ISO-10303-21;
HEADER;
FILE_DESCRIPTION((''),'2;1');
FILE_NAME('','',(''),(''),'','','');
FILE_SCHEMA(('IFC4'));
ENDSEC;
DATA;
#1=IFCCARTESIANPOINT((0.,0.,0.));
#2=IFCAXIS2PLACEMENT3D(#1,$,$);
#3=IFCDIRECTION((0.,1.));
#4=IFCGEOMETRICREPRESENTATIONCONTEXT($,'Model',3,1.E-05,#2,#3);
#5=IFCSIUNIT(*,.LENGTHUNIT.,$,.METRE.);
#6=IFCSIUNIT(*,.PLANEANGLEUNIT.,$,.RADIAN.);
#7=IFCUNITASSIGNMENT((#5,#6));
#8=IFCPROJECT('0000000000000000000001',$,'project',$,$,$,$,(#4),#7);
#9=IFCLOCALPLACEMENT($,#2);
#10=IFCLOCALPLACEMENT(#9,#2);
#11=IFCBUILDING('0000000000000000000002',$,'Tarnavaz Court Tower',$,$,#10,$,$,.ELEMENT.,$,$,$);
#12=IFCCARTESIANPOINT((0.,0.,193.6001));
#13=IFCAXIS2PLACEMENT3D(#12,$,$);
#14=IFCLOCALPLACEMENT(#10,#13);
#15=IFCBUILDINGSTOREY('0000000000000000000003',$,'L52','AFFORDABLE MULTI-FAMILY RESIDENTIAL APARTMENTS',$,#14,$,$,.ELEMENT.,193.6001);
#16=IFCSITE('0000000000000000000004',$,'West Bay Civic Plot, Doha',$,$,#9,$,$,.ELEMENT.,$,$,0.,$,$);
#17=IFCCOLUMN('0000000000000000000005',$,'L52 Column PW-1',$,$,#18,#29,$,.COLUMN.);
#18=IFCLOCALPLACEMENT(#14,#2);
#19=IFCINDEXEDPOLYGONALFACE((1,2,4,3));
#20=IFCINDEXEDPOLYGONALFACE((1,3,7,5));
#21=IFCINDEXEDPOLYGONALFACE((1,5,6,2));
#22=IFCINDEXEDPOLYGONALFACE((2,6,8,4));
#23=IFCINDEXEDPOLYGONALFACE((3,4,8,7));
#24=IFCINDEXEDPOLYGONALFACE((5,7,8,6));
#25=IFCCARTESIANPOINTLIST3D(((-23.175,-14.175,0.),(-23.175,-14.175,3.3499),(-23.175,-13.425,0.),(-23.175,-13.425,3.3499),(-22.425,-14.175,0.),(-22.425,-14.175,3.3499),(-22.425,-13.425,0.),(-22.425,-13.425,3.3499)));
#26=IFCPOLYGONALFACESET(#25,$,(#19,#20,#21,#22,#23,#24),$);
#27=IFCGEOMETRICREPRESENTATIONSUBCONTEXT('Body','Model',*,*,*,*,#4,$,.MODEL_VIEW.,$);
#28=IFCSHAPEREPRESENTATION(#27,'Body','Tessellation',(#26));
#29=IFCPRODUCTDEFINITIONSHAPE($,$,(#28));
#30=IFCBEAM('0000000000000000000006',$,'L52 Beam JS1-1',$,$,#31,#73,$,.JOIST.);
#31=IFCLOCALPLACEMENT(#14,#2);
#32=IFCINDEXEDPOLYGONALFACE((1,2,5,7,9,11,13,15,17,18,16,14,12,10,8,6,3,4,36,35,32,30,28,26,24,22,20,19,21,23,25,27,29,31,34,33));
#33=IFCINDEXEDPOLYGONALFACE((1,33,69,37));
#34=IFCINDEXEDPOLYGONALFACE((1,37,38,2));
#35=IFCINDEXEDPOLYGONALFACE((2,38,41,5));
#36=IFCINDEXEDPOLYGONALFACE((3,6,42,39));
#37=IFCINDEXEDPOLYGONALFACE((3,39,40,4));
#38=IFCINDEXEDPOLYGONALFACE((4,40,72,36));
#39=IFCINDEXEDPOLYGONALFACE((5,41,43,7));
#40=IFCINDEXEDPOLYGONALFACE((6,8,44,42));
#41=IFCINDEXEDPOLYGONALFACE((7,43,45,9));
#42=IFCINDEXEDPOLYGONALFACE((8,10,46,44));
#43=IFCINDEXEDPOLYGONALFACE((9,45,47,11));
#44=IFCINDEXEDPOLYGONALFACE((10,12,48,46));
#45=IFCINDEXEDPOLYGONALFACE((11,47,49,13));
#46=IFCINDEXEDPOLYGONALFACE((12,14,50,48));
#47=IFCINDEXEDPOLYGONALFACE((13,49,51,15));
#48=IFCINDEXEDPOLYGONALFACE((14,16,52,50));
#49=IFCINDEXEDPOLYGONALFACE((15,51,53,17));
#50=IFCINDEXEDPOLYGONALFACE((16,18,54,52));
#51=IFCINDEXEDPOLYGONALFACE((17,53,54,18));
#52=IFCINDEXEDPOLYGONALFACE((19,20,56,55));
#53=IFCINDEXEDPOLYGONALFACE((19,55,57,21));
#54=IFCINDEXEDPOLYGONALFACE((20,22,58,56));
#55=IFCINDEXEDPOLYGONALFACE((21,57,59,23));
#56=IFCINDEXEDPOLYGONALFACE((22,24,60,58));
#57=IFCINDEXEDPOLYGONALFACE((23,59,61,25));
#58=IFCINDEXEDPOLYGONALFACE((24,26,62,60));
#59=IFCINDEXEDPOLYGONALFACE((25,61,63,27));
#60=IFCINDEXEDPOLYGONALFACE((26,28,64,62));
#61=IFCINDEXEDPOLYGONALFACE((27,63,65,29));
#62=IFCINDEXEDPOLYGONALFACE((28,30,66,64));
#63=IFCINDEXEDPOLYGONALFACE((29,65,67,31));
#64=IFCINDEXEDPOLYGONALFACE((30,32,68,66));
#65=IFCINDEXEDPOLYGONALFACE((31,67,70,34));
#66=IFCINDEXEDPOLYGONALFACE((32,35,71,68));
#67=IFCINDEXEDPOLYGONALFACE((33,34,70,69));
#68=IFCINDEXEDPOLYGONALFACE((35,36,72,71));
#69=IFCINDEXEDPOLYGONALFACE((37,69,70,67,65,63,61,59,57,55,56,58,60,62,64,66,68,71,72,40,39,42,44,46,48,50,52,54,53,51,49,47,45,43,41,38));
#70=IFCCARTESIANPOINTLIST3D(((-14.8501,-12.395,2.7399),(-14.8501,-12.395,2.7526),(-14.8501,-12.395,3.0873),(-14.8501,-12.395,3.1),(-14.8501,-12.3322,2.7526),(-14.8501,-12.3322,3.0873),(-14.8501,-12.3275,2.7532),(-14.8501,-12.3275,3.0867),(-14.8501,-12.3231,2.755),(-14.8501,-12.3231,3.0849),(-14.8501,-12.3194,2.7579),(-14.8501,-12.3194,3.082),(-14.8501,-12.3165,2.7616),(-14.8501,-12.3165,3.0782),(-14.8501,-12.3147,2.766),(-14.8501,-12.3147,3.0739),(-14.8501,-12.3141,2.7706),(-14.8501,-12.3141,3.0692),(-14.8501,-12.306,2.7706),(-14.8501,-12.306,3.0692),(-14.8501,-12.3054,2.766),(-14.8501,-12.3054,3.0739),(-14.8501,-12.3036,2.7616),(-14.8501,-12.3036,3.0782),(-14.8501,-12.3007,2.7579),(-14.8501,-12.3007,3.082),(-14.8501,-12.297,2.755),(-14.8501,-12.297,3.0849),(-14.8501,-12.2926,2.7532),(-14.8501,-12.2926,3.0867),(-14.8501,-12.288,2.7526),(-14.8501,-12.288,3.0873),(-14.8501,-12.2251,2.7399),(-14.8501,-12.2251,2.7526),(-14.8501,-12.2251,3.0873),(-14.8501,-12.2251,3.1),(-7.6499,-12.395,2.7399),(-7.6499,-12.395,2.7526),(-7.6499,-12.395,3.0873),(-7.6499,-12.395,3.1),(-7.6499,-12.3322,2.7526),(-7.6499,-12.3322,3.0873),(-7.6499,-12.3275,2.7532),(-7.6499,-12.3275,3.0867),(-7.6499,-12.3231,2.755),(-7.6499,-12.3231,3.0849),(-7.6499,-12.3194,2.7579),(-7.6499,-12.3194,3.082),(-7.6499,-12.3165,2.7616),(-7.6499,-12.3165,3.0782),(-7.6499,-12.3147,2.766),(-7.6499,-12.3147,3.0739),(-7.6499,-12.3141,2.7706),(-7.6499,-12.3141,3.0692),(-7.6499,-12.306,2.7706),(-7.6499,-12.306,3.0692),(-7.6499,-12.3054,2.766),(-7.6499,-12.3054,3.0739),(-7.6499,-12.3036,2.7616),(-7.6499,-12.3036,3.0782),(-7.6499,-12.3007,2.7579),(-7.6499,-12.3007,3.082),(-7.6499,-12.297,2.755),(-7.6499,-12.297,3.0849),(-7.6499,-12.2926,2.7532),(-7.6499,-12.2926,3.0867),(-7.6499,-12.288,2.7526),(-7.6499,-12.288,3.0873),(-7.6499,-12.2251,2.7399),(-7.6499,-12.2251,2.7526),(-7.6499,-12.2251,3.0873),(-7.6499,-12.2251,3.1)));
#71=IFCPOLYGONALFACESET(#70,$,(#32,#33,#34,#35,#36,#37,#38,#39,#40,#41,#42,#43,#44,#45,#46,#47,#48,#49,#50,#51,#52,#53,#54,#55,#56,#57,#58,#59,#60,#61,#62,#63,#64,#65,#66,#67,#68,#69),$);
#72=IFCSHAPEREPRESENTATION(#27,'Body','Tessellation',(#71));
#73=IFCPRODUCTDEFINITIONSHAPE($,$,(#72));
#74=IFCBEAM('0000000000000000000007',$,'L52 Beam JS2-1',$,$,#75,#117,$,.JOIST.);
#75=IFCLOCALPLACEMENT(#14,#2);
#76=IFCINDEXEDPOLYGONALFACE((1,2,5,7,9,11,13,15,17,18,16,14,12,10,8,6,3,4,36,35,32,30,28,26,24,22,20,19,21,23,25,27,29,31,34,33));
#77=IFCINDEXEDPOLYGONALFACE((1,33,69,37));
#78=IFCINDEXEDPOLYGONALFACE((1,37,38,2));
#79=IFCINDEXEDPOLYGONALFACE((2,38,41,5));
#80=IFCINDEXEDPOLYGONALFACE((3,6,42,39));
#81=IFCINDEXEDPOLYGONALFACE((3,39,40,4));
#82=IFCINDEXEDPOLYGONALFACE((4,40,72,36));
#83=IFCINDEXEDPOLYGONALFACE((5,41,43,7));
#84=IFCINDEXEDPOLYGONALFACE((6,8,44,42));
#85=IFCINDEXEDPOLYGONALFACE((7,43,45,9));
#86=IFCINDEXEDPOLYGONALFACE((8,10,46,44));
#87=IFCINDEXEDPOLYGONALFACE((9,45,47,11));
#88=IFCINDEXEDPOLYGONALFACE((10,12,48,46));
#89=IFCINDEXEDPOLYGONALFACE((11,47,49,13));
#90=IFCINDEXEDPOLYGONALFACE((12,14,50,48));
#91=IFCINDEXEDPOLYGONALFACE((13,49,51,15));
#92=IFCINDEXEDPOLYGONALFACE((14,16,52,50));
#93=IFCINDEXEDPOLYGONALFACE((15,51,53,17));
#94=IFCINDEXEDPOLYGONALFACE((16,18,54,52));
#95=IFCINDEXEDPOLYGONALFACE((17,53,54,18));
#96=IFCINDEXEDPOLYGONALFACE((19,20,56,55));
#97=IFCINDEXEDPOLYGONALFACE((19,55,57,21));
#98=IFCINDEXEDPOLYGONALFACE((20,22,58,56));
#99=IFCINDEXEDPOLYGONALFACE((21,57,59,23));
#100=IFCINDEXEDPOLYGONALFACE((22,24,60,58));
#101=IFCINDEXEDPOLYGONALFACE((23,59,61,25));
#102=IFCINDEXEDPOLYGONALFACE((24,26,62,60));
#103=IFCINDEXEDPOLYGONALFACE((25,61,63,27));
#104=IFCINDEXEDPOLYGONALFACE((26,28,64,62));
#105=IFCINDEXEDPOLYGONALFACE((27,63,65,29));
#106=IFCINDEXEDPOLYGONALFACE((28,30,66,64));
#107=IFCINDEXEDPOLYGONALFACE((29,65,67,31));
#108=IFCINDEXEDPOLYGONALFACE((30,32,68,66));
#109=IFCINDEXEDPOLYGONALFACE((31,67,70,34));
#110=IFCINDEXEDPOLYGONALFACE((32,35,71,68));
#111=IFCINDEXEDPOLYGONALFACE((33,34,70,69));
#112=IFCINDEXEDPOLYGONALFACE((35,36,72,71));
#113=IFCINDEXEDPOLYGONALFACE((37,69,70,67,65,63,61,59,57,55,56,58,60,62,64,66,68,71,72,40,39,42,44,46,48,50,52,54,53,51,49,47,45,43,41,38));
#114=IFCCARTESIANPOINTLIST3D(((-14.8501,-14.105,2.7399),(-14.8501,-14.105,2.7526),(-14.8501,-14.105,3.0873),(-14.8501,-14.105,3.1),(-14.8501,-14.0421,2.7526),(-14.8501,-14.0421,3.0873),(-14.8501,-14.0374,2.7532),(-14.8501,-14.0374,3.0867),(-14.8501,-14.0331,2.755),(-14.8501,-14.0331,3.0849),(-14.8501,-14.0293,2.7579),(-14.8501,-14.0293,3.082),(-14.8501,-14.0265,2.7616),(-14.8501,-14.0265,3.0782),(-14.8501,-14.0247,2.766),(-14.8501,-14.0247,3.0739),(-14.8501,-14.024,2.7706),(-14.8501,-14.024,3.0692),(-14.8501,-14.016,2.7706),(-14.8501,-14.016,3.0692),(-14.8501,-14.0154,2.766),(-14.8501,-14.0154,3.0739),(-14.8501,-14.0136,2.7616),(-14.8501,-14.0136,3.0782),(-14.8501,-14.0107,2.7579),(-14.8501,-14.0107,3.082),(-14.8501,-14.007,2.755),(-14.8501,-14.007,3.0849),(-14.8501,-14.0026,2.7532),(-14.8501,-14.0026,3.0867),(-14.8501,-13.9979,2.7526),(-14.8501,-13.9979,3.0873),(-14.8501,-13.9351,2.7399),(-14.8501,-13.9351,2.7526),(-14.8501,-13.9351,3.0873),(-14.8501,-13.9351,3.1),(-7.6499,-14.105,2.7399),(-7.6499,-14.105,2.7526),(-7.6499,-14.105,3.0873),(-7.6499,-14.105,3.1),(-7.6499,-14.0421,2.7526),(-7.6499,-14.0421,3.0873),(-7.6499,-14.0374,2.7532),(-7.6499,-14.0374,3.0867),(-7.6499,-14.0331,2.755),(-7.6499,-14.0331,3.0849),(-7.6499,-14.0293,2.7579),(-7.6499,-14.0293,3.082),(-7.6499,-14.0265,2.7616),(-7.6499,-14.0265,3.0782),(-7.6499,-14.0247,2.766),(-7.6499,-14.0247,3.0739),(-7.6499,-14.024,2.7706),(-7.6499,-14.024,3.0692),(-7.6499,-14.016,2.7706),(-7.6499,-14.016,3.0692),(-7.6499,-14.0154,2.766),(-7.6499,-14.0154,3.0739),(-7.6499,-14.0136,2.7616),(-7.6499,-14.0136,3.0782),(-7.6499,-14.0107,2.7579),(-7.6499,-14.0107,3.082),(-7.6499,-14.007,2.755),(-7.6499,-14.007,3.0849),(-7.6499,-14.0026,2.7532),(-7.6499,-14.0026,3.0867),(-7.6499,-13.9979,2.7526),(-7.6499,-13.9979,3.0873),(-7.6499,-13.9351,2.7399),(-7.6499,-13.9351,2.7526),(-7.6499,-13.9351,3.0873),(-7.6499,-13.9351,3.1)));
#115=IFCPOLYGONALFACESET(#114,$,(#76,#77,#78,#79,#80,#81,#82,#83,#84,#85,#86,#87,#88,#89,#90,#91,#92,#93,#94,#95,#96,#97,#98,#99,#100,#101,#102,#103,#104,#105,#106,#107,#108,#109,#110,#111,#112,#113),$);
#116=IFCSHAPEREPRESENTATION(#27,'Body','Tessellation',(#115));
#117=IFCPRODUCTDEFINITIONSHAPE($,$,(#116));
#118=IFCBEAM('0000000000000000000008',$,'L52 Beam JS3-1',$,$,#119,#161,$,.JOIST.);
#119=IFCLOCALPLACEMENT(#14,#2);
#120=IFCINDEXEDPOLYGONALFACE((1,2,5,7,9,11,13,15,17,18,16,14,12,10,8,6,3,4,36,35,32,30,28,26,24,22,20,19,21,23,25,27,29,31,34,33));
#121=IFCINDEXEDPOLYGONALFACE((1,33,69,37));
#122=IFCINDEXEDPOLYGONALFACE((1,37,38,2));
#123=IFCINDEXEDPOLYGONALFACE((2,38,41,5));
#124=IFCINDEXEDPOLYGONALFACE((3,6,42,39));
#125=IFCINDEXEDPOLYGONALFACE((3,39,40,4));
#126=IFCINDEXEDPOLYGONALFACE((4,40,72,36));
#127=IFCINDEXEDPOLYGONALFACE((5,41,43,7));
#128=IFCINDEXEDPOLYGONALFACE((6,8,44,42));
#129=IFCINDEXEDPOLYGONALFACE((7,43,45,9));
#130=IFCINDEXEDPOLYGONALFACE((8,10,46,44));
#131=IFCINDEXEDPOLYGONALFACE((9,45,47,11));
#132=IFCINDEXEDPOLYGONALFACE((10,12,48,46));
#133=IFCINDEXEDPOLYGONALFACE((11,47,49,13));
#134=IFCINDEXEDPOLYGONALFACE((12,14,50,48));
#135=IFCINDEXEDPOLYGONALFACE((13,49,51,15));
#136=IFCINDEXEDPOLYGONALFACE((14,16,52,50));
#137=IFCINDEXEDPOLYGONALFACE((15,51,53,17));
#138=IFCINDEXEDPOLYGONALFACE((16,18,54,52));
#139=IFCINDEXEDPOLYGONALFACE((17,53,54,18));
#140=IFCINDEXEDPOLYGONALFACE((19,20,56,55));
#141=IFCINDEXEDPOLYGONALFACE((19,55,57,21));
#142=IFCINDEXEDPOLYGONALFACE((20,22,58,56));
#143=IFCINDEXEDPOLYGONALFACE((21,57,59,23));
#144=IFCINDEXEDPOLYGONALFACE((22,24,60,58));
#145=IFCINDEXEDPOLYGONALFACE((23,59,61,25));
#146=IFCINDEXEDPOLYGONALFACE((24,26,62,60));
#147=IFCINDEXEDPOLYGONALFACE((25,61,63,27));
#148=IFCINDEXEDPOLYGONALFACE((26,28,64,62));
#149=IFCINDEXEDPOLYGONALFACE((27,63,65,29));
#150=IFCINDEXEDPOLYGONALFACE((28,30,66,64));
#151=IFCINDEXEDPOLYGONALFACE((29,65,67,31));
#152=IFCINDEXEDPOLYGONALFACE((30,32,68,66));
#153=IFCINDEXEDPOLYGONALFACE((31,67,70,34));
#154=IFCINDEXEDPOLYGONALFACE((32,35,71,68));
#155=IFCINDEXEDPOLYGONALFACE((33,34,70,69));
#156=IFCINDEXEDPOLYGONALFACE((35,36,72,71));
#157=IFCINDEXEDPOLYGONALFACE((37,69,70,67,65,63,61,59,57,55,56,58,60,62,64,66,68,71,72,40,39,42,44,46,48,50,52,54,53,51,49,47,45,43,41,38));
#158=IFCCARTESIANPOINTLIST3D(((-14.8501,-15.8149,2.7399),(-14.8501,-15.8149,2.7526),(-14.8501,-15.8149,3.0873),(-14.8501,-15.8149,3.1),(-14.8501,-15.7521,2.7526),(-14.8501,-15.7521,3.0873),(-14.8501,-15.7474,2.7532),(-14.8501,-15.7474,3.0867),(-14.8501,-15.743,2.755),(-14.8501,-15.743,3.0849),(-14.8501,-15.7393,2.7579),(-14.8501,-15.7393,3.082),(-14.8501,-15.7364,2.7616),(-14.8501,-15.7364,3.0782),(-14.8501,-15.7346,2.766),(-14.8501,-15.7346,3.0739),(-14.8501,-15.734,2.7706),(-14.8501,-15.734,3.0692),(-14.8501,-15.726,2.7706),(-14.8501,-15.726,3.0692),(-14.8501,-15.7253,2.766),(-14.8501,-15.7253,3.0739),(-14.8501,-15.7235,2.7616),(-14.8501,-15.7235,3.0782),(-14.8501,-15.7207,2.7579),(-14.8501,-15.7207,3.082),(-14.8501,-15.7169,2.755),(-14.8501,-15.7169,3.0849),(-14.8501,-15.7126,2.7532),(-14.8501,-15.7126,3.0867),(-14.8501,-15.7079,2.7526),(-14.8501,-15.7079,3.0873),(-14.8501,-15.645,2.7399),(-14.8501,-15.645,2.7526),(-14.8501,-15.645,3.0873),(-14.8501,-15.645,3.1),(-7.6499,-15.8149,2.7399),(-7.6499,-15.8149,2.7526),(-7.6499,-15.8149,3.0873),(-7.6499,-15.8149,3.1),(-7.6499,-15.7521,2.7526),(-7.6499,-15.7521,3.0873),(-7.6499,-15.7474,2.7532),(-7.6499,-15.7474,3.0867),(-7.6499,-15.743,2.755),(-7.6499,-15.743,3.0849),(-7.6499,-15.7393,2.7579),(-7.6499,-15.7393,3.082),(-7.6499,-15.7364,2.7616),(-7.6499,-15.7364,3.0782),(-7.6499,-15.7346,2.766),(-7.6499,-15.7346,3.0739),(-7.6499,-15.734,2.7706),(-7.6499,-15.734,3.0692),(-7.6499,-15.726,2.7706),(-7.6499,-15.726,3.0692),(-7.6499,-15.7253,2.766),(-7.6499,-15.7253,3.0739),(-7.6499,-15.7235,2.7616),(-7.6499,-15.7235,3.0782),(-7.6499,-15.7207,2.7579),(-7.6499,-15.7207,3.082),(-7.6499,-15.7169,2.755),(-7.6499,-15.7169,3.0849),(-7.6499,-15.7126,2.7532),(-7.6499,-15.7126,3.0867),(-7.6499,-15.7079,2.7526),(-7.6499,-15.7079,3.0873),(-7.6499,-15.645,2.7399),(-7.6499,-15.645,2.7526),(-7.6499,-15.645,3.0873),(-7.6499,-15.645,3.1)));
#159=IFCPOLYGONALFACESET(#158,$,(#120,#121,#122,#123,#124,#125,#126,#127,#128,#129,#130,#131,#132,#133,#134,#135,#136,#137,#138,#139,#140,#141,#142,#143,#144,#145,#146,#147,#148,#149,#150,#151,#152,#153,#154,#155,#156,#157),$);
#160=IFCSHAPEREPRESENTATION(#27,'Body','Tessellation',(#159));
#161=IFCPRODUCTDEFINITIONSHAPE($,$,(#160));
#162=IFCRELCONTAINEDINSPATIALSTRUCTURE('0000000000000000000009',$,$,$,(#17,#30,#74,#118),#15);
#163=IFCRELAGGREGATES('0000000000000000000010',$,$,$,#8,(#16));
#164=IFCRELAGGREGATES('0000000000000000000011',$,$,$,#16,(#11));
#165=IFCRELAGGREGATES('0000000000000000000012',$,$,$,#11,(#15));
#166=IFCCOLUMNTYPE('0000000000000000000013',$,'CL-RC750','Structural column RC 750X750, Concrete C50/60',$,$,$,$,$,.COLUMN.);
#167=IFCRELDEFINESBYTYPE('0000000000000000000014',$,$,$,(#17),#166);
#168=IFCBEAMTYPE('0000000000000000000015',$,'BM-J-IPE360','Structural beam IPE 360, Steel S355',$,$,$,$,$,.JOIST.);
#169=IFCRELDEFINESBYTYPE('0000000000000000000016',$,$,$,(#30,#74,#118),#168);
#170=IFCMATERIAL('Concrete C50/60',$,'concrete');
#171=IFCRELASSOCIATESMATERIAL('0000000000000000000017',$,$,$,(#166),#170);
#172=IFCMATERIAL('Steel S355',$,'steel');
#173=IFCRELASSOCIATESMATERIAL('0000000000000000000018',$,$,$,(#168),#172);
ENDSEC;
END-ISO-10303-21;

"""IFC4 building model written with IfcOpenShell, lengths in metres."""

from ifc_helpers import new_model, si_unit, direction, frame, origin, origin_2d, place, context, subcontext, project, spatial, rectangle, i_section, extrude, material, material_profile, profile_set, type_object, element, save


model = new_model("IFC4")

# Units and contexts
model_context = context("Model", 3, precision=1e-05, world=origin(), true_north=direction((0.0, 1.0)))
body_context = subcontext(model_context, "Body", "Model", "MODEL_VIEW")
ifc_project = project(units=[si_unit("LENGTHUNIT", "METRE"), si_unit("PLANEANGLEUNIT", "RADIAN")], contexts=[model_context])

# Site, building, storey
site_placement = place(None, origin())
site = spatial("IfcSite", under=ifc_project, at=site_placement, Name="West Bay Civic Plot, Doha", CompositionType="ELEMENT", RefElevation=0.0)
building_placement = place(site_placement, origin())
building = spatial("IfcBuilding", under=site, at=building_placement, Name="Tarnavaz Court Tower", CompositionType="ELEMENT")
storey_placement = place(building_placement, frame((0.0, 0.0, 193.6001)))
storey = spatial("IfcBuildingStorey", under=building, at=storey_placement, Name="L52", Description="AFFORDABLE MULTI-FAMILY RESIDENTIAL APARTMENTS", CompositionType="ELEMENT", Elevation=193.6001)

# Column
ifc_material_1 = material(Name="Concrete C50/60", Category="concrete")
ifc_material_profile_1 = material_profile(ifc_material_1, rectangle(XDim=0.75, YDim=0.75, at=origin_2d()), Name="RC 750X750")
ifc_profile_set_1 = profile_set([ifc_material_profile_1], Name="Concrete C50/60")
column_type = type_object("IfcColumnType", Name="CL-RC750", Description="Structural column RC 750X750, Concrete C50/60", PredefinedType="COLUMN", material=ifc_profile_set_1)
column_placement = place(storey_placement, frame((-22.8, -13.8, 0.0), z_axis=(0.0, 0.0, 1.0), x_axis=(1.0, 0.0, 0.0)))
element("IfcColumn", 1, at=column_placement, inside=storey, type_object=column_type, Name="L52 Column PW-1", PredefinedType="COLUMN", context=body_context, shape_type="SweptSolid", body=[
    extrude(rectangle(XDim=0.75, YDim=0.75, at=origin_2d()), origin(), (0.0, 0.0, 1.0), 3.3499),
])

# Beams
ifc_material_2 = material(Name="Steel S355", Category="steel")
ifc_material_profile_2 = material_profile(ifc_material_2, i_section(OverallWidth=0.1699, OverallDepth=0.3601, WebThickness=0.0081, FlangeThickness=0.0127, FilletRadius=0.0181, at=origin_2d()), Name="IPE 360")
ifc_profile_set_2 = profile_set([ifc_material_profile_2], Name="Steel S355")
beam_type_1 = type_object("IfcBeamType", Name="BM-J-IPE360", Description="Structural beam IPE 360, Steel S355", PredefinedType="JOIST", material=ifc_profile_set_2)
for number, where, z_axis, x_axis, name in (
    (2, (-14.8501, -12.3101, 2.9199), (1.0, 0.0, 0.0), (0.0, 1.0, 0.0), "L52 Beam JS1-1"),
    (3, (-14.8501, -14.02, 2.9199), (1.0, 0.0, 0.0), (0.0, 1.0, 0.0), "L52 Beam JS2-1"),
    (4, (-14.8501, -15.73, 2.9199), (1.0, 0.0, 0.0), (0.0, 1.0, 0.0), "L52 Beam JS3-1"),
):
    element("IfcBeam", number, at=place(storey_placement, frame(where, z_axis=z_axis, x_axis=x_axis)), inside=storey, type_object=beam_type_1, Name=name, PredefinedType="JOIST", context=body_context, shape_type="SweptSolid", body=[
        extrude(i_section(OverallWidth=0.1699, OverallDepth=0.3601, WebThickness=0.0081, FlangeThickness=0.0127, FilletRadius=0.0181, at=origin_2d()), origin(), (0.0, 0.0, 1.0), 7.2002),
    ])

save(model, "model.ifc")
